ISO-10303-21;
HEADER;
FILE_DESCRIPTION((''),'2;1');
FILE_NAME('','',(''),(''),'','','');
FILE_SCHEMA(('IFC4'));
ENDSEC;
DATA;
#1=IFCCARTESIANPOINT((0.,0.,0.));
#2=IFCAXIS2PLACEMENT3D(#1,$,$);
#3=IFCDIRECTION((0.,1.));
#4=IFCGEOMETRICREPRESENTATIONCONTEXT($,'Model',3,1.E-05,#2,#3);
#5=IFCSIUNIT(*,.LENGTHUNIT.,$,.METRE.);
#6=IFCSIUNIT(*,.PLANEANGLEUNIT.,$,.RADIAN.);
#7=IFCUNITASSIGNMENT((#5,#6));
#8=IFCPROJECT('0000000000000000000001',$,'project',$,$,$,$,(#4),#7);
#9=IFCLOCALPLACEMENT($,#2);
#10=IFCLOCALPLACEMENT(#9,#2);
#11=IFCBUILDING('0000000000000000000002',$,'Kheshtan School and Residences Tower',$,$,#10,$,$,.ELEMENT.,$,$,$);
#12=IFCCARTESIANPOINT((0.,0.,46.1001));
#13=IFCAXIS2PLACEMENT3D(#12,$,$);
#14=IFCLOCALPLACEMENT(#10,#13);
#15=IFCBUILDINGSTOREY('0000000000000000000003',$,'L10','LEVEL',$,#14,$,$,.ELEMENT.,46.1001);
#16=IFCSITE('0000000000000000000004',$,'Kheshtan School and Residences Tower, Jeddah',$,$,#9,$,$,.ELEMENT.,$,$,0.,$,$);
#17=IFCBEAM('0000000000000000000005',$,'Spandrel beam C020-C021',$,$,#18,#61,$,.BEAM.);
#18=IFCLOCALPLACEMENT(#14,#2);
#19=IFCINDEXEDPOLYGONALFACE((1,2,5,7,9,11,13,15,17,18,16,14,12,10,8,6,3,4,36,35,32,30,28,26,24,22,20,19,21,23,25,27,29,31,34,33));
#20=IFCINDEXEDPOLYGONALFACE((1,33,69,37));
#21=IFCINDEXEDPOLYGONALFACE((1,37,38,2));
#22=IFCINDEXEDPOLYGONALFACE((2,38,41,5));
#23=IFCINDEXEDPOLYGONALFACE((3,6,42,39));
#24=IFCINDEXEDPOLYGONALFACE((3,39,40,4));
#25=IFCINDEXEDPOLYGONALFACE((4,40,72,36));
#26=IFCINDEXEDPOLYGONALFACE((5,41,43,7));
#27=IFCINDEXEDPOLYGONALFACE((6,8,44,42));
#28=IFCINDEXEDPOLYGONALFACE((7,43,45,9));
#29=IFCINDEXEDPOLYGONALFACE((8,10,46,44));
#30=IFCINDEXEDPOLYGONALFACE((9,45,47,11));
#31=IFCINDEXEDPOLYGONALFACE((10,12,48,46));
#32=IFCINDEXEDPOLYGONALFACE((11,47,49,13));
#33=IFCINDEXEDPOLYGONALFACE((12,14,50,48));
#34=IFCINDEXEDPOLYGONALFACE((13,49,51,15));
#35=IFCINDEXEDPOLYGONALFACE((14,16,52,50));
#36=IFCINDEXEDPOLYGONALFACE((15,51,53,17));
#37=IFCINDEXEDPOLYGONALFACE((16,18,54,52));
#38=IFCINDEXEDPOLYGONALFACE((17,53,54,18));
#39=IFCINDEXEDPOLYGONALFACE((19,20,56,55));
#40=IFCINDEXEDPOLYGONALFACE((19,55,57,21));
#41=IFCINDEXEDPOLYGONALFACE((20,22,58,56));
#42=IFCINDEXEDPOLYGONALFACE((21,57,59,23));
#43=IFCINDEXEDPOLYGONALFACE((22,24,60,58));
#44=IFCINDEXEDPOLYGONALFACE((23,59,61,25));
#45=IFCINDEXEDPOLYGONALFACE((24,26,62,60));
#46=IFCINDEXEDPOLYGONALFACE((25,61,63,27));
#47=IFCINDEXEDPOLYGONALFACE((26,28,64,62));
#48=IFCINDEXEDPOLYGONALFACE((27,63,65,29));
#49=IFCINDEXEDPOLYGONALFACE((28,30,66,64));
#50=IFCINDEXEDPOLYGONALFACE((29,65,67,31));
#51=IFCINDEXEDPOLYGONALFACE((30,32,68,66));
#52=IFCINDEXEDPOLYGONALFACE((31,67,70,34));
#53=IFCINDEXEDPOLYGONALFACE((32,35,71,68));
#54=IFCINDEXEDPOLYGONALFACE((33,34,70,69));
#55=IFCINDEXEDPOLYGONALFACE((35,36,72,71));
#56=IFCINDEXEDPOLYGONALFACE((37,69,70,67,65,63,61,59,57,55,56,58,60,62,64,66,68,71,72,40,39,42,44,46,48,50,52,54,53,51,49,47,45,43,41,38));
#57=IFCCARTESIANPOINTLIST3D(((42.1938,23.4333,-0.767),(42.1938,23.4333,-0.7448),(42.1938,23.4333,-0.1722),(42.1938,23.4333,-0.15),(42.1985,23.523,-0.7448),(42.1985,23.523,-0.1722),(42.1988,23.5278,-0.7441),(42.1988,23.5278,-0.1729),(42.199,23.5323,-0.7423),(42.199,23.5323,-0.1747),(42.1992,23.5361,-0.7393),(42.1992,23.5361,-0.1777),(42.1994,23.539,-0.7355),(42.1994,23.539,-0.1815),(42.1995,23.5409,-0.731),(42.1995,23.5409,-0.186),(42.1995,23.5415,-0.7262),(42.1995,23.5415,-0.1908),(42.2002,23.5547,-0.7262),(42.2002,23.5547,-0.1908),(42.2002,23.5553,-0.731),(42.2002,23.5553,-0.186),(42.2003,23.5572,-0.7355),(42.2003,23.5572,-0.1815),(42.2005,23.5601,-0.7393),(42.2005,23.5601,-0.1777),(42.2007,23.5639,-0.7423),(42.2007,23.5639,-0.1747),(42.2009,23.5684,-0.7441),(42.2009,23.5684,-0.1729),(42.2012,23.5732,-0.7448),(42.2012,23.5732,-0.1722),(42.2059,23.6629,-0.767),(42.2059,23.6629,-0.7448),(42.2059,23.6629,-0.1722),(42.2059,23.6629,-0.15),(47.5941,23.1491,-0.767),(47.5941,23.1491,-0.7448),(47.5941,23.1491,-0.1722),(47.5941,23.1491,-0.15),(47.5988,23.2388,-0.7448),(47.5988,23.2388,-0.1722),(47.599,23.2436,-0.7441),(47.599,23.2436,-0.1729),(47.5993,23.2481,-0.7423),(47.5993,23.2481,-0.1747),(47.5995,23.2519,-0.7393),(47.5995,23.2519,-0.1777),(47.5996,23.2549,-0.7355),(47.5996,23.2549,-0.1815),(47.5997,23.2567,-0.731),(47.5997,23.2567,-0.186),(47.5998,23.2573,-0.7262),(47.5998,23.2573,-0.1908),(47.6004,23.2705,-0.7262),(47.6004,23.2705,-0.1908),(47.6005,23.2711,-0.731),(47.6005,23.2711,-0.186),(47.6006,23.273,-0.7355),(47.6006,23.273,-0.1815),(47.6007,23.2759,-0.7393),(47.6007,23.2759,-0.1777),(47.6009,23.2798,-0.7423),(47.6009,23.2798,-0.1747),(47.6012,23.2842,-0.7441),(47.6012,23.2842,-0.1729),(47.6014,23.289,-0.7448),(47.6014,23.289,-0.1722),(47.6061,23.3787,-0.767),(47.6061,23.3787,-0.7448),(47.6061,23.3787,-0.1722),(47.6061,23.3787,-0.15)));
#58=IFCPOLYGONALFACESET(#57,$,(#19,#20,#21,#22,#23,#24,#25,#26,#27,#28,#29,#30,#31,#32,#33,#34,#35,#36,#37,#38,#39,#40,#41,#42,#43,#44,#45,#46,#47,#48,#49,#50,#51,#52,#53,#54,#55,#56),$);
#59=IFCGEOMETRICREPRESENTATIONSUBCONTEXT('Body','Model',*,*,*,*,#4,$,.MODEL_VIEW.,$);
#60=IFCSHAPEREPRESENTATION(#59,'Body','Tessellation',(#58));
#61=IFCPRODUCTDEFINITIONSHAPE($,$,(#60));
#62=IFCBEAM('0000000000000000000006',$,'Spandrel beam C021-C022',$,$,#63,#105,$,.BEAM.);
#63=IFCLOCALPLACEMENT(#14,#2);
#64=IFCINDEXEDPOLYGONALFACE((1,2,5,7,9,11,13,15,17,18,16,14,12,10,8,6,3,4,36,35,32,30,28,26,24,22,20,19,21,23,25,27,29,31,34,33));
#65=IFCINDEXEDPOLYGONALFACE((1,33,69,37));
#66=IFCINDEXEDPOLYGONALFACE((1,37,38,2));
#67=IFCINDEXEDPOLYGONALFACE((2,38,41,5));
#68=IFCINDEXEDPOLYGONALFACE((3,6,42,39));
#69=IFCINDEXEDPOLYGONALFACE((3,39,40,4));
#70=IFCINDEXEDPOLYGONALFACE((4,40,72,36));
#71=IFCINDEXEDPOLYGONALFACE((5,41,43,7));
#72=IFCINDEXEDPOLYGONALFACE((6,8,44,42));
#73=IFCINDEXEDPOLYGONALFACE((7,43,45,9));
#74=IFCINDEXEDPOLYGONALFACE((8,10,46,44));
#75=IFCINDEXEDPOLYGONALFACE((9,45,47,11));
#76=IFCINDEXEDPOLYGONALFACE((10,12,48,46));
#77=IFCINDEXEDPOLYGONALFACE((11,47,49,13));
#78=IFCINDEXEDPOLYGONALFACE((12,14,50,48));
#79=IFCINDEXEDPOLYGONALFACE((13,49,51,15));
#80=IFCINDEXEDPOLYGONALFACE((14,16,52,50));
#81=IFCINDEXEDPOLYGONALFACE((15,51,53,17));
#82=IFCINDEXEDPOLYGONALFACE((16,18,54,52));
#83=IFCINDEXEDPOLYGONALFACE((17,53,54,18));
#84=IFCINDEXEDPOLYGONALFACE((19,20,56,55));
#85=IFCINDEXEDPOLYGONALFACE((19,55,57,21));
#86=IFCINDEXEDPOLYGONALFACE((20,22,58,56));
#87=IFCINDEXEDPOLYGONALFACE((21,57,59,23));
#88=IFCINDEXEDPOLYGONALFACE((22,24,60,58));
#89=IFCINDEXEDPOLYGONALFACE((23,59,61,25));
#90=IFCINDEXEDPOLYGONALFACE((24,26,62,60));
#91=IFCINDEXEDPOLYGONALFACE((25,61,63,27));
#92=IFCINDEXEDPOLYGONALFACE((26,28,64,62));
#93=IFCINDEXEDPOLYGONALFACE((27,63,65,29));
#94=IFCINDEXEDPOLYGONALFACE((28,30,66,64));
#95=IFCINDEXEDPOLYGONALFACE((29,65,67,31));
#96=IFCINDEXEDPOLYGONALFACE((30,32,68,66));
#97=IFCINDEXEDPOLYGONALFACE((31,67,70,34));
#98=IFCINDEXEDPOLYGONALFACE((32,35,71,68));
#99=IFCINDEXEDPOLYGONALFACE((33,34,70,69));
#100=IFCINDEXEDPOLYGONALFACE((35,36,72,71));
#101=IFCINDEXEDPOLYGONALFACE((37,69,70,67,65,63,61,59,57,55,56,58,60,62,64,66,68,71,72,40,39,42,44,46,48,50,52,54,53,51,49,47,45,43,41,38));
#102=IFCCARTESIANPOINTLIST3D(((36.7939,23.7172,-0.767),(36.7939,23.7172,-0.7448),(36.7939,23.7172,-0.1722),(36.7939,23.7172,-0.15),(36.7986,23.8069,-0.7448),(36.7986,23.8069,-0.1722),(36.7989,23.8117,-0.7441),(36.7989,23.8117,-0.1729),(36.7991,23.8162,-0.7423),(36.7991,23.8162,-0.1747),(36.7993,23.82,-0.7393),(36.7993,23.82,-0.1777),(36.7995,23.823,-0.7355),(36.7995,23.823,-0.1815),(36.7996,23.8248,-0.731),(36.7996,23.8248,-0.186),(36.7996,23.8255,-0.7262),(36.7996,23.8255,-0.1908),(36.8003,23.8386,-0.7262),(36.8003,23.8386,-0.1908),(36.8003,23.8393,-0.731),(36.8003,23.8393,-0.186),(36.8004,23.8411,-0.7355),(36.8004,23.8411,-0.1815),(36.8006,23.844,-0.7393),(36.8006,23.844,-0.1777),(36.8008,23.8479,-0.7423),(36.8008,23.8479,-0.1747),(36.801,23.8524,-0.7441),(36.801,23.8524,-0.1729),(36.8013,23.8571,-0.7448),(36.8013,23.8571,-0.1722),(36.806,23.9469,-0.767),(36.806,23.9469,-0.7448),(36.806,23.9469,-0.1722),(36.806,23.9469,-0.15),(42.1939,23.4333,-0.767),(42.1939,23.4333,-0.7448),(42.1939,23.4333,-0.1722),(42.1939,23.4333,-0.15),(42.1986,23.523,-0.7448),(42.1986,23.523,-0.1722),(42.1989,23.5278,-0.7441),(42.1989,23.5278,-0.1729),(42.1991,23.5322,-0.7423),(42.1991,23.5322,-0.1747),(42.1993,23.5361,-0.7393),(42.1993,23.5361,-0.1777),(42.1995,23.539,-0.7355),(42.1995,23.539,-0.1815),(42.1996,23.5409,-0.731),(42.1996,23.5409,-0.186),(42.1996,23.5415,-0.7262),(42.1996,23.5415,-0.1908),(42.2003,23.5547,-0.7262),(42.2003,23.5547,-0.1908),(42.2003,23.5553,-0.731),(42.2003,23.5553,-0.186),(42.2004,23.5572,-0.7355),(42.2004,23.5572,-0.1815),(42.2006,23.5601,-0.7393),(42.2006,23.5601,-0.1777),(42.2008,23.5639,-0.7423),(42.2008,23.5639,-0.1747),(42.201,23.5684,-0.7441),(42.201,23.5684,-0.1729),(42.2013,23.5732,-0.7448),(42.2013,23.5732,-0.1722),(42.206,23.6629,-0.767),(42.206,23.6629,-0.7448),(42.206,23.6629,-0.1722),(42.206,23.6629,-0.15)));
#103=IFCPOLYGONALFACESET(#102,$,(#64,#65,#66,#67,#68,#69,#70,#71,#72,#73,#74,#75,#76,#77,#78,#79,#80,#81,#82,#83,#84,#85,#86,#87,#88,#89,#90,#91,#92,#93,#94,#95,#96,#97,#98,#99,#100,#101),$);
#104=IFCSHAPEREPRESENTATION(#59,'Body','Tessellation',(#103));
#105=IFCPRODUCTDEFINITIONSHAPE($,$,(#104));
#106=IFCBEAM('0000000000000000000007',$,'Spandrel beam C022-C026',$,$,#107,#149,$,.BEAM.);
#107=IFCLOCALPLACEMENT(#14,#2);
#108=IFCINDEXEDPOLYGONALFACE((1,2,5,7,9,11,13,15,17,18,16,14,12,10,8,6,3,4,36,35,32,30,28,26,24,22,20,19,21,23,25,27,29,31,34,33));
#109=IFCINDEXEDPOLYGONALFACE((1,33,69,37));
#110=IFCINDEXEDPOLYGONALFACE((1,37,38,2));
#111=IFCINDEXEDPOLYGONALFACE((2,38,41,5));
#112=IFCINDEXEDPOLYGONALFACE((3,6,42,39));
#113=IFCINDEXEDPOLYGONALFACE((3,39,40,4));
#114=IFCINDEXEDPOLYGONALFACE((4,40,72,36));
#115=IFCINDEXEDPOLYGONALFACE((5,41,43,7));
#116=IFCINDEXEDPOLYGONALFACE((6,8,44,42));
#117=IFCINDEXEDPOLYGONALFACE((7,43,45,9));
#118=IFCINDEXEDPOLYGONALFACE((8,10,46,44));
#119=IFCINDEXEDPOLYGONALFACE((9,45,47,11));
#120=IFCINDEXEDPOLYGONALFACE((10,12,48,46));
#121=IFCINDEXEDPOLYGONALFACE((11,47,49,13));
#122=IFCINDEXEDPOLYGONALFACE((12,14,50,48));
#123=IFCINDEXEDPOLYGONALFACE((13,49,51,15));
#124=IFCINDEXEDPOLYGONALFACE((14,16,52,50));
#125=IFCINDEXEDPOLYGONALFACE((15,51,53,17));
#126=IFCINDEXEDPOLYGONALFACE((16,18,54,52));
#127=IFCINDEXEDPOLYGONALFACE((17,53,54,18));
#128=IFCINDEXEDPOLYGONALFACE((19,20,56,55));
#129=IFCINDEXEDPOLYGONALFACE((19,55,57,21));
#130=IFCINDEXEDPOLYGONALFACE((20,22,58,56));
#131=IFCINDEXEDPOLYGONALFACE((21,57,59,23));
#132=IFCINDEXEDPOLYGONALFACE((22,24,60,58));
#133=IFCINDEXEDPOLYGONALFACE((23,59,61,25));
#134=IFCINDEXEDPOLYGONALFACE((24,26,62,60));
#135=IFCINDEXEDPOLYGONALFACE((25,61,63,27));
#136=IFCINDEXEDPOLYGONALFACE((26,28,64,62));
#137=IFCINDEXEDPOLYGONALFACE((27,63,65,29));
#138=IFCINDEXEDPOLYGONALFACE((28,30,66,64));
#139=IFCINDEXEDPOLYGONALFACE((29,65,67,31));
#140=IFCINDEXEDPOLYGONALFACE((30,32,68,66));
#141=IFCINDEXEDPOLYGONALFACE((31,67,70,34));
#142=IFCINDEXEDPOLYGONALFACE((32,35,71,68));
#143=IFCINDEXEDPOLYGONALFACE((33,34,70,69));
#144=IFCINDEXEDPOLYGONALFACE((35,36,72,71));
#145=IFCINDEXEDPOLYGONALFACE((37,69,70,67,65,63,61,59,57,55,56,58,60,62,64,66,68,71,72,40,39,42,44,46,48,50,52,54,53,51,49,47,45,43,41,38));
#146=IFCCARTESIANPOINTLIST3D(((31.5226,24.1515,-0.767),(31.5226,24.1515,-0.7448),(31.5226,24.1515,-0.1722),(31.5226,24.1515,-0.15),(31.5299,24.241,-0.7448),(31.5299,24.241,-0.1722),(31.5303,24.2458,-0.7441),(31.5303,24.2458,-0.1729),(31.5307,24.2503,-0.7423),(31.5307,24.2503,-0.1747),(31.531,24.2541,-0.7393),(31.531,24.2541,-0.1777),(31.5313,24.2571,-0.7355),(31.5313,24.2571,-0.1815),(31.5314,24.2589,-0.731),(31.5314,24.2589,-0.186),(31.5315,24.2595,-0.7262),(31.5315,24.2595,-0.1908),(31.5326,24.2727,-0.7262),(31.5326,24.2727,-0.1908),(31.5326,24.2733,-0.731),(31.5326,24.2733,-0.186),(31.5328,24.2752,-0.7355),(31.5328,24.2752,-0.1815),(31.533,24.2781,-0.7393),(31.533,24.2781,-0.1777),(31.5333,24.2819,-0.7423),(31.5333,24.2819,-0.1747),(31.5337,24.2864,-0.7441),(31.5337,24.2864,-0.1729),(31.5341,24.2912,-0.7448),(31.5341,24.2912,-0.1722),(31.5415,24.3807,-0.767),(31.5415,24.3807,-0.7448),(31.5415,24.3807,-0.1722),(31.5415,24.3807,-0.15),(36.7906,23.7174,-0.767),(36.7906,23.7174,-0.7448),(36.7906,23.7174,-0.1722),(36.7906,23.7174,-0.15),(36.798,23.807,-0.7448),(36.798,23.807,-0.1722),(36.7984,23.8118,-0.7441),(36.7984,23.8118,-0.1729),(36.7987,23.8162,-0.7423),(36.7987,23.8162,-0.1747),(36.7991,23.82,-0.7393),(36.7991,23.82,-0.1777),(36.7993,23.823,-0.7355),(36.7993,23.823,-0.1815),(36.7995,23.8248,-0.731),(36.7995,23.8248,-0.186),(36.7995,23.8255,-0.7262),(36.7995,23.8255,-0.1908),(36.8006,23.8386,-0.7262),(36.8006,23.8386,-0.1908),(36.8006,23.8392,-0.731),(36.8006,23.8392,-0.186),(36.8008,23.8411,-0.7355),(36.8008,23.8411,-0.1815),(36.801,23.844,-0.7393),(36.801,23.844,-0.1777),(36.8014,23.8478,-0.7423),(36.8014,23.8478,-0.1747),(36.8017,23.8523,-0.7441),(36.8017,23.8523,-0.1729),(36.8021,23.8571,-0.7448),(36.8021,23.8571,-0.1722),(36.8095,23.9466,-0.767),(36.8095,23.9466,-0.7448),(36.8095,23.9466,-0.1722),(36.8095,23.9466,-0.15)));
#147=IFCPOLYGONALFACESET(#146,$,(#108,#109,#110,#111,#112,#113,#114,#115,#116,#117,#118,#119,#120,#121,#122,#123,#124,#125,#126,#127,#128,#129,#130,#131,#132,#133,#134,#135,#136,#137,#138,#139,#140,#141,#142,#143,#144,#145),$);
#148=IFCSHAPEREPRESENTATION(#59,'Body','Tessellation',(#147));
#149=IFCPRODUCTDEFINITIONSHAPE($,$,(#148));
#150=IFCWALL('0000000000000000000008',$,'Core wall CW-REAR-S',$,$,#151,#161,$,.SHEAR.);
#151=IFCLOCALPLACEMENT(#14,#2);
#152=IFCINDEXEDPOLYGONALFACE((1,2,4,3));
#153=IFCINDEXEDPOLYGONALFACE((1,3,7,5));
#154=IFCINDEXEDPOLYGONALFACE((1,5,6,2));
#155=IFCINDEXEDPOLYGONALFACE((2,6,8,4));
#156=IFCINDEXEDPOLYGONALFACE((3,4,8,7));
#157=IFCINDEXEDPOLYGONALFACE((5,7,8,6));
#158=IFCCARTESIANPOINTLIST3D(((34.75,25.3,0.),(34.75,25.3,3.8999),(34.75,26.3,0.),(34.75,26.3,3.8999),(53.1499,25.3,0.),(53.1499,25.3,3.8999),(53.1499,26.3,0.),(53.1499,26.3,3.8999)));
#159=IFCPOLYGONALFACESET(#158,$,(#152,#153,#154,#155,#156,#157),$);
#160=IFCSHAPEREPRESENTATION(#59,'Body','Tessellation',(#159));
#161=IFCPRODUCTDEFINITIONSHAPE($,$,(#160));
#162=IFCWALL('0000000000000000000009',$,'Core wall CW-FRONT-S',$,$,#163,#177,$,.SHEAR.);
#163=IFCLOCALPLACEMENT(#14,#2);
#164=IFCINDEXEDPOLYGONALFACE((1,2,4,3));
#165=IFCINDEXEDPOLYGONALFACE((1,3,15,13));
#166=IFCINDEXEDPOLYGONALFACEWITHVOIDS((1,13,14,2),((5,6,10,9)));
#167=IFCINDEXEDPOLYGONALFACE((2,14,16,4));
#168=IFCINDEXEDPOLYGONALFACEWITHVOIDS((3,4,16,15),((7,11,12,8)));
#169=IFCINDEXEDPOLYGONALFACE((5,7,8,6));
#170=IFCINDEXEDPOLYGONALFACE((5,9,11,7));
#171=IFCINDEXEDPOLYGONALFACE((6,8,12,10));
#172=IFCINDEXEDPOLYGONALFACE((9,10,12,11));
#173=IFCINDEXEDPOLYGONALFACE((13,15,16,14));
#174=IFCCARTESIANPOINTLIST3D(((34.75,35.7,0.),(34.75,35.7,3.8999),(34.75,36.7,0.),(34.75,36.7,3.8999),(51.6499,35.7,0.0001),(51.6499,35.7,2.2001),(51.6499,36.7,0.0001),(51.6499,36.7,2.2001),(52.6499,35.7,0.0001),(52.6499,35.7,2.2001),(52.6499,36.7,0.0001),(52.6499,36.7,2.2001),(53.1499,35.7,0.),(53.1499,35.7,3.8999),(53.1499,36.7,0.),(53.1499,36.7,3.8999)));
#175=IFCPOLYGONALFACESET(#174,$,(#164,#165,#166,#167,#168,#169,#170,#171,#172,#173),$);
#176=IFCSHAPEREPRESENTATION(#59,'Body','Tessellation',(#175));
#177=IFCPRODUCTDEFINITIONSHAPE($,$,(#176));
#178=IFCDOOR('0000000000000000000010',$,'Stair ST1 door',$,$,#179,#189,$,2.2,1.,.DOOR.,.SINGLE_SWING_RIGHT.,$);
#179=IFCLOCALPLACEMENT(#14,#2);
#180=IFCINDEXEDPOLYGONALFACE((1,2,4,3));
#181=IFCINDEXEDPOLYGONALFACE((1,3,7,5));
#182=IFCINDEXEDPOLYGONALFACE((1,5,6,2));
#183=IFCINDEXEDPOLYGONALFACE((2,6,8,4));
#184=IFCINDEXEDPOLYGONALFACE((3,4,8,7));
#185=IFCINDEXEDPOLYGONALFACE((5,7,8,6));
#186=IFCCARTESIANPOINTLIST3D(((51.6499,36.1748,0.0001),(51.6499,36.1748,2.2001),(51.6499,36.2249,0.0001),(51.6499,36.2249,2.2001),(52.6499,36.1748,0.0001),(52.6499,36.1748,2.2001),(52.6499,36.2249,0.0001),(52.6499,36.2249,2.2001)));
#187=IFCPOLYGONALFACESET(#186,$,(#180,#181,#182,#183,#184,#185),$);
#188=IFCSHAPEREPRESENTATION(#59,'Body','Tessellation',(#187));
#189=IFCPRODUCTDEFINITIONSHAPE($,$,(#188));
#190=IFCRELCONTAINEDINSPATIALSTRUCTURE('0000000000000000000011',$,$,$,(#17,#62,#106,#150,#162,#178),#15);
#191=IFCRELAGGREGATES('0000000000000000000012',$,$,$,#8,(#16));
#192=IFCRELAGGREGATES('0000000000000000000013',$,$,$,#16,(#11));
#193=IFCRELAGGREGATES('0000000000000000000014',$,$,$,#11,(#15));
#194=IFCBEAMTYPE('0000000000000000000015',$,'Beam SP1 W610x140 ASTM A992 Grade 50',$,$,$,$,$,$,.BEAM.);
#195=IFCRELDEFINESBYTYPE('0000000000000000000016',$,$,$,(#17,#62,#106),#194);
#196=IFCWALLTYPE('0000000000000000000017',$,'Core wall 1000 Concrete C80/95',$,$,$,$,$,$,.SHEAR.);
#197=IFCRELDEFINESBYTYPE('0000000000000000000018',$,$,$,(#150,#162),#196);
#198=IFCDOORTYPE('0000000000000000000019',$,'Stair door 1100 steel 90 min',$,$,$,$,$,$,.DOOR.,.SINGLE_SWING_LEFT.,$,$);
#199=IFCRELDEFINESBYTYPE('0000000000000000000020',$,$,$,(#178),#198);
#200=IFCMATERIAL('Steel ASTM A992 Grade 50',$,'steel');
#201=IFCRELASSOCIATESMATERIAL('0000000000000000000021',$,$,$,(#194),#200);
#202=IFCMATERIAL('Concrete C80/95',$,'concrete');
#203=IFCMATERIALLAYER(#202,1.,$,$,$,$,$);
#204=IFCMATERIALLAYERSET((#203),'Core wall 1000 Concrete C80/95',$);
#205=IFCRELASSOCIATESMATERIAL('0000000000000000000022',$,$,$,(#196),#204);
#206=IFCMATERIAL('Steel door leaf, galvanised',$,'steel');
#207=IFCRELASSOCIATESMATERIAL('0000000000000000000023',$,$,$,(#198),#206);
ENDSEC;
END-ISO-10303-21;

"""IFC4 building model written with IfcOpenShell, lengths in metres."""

from ifc_helpers import new_model, si_unit, direction, frame, frame_2d, origin, origin_2d, place, context, subcontext, project, spatial, rectangle, i_section, extrude, source, transform, mapped, material, layer, layer_set, material_profile, profile_set, type_object, element, fill, save


model = new_model("IFC4")

# Units and contexts
model_context = context("Model", 3, precision=1e-05, world=origin(), true_north=direction((0.0, 1.0)))
body_context = subcontext(model_context, "Body", "Model", "MODEL_VIEW")
ifc_project = project(units=[si_unit("LENGTHUNIT", "METRE"), si_unit("PLANEANGLEUNIT", "RADIAN")], contexts=[model_context])

# Site, building, storey
site_placement = place(None, origin())
site = spatial("IfcSite", under=ifc_project, at=site_placement, Name="Kheshtan School and Residences Tower, Jeddah", CompositionType="ELEMENT", RefElevation=0.0)
building_placement = place(site_placement, origin())
building = spatial("IfcBuilding", under=site, at=building_placement, Name="Kheshtan School and Residences Tower", CompositionType="ELEMENT")
storey_placement = place(building_placement, frame((0.0, 0.0, 46.1001)))
storey = spatial("IfcBuildingStorey", under=building, at=storey_placement, Name="L10", Description="LEVEL", CompositionType="ELEMENT", Elevation=46.1001)

# Shared definitions
ifc_material_1 = material(Name="Steel ASTM A992 Grade 50", Category="steel")

# Beams
ifc_material_profile_1 = material_profile(ifc_material_1, i_section(OverallWidth=0.23, OverallDepth=0.6169, WebThickness=0.0132, FlangeThickness=0.0222, FilletRadius=0.0186, at=origin_2d()), Name="W610x140")
ifc_profile_set_1 = profile_set([ifc_material_profile_1], Name="Steel ASTM A992 Grade 50")
beam_type_1 = type_object("IfcBeamType", Name="Beam SP1 W610x140 ASTM A992 Grade 50", PredefinedType="BEAM", material=ifc_profile_set_1)
beam_1_placement = place(storey_placement, frame((47.6001, 23.2639, -0.4585), z_axis=(-0.998618, 0.052552, 0.0), x_axis=(-0.052552, -0.998618, 0.0)))
element("IfcBeam", 1, at=beam_1_placement, inside=storey, type_object=beam_type_1, Name="Spandrel beam C020-C021", PredefinedType="BEAM", context=body_context, shape_type="SweptSolid", body=[
    extrude(i_section(OverallWidth=0.23, OverallDepth=0.6169, WebThickness=0.0132, FlangeThickness=0.0222, FilletRadius=0.0186, at=origin_2d()), origin(), (0.0, 0.0, 1.0), 5.4077),
])
beam_2_placement = place(storey_placement, frame((42.2, 23.5481, -0.4585), z_axis=(-0.99862, 0.052509, 0.0), x_axis=(-0.052509, -0.99862, 0.0)))
element("IfcBeam", 2, at=beam_2_placement, inside=storey, type_object=beam_type_1, Name="Spandrel beam C021-C022", PredefinedType="BEAM", context=body_context, shape_type="SweptSolid", body=[
    extrude(i_section(OverallWidth=0.23, OverallDepth=0.6169, WebThickness=0.0132, FlangeThickness=0.0222, FilletRadius=0.0186, at=origin_2d()), origin(), (0.0, 0.0, 1.0), 5.4075),
])
beam_3_placement = place(storey_placement, frame((36.8, 23.832, -0.4585), z_axis=(-0.996622, 0.08212, 0.0), x_axis=(-0.08212, -0.996622, 0.0)))
element("IfcBeam", 3, at=beam_3_placement, inside=storey, type_object=beam_type_1, Name="Spandrel beam C022-C026", PredefinedType="BEAM", context=body_context, shape_type="SweptSolid", body=[
    extrude(i_section(OverallWidth=0.23, OverallDepth=0.6169, WebThickness=0.0132, FlangeThickness=0.0222, FilletRadius=0.0186, at=origin_2d()), origin(), (0.0, 0.0, 1.0), 5.2859),
])

# Wall
ifc_material_2 = material(Name="Concrete C80/95", Category="concrete")
ifc_layer_1 = layer(ifc_material_2, 1.0)
ifc_layer_set_1 = layer_set([ifc_layer_1], Name="Core wall 1000 Concrete C80/95")
wall_type_1 = type_object("IfcWallType", Name="Core wall 1000 Concrete C80/95", PredefinedType="SHEAR", material=ifc_layer_set_1)
wall_1_placement = place(storey_placement, frame((34.75, 25.8, 0.0), z_axis=(0.0, 0.0, 1.0), x_axis=(1.0, 0.0, 0.0)))
element("IfcWall", 4, at=wall_1_placement, inside=storey, type_object=wall_type_1, Name="Core wall CW-REAR-S", PredefinedType="SHEAR", context=body_context, shape_type="SweptSolid", body=[
    extrude(rectangle(XDim=18.3999, YDim=1.0, at=frame_2d((9.2, 0.0))), origin(), (0.0, 0.0, 1.0), 3.8999),
])

# Wall, opening, door
wall_2_placement = place(storey_placement, frame((34.75, 36.2, 0.0), z_axis=(0.0, 0.0, 1.0), x_axis=(1.0, 0.0, 0.0)))
wall_2 = element("IfcWall", 5, at=wall_2_placement, inside=storey, type_object=wall_type_1, Name="Core wall CW-FRONT-S", PredefinedType="SHEAR", context=body_context, shape_type="SweptSolid", body=[
    extrude(rectangle(XDim=18.3999, YDim=1.0, at=frame_2d((9.2, 0.0))), origin(), (0.0, 0.0, 1.0), 3.8999),
])
opening_1_placement = place(wall_2_placement, frame((16.8999, 0.0, 0.0)))
opening_1 = element("IfcOpeningElement", 6, at=opening_1_placement, cuts=wall_2, PredefinedType="OPENING", context=body_context, shape_type="SweptSolid", body=[
    extrude(rectangle(XDim=1.0, YDim=2.2, at=frame_2d((0.5, 1.1001))), frame((0.0, 0.51, 0.0), z_axis=(0.0, -1.0, 0.0), x_axis=(1.0, 0.0, 0.0)), (0.0, 0.0, 1.0), 1.02),
])
ifc_material_3 = material(Name="Steel door leaf, galvanised", Category="steel")
door_type_1 = type_object("IfcDoorType", Name="Stair door 1100 steel 90 min", OperationType="SINGLE_SWING_LEFT", PredefinedType="DOOR", material=ifc_material_3)
shared_shape_1 = source(origin(), body_context, "Body", "SweptSolid", [
    extrude(rectangle(XDim=1.0, YDim=2.2, at=frame_2d((0.5, 1.1001))), frame((0.0, 0.0249, 0.0), z_axis=(0.0, -1.0, 0.0), x_axis=(1.0, 0.0, 0.0)), (0.0, 0.0, 1.0), 0.05),
])
door_1_placement = place(opening_1_placement, origin())
door_1 = element("IfcDoor", 7, at=door_1_placement, inside=storey, type_object=door_type_1, Name="Stair ST1 door", OperationType="SINGLE_SWING_RIGHT", OverallHeight=2.2, OverallWidth=1.0, PredefinedType="DOOR", context=body_context, shape_type="MappedRepresentation", body=[
    mapped(shared_shape_1, transform((0.0, 0.0, 0.0), x_axis=(1.0, 0.0, 0.0), y_axis=(0.0, 1.0, 0.0), z_axis=(0.0, 0.0, 1.0), scale=1.0)),
])
fill(opening_1, door_1)

save(model, "model.ifc")
